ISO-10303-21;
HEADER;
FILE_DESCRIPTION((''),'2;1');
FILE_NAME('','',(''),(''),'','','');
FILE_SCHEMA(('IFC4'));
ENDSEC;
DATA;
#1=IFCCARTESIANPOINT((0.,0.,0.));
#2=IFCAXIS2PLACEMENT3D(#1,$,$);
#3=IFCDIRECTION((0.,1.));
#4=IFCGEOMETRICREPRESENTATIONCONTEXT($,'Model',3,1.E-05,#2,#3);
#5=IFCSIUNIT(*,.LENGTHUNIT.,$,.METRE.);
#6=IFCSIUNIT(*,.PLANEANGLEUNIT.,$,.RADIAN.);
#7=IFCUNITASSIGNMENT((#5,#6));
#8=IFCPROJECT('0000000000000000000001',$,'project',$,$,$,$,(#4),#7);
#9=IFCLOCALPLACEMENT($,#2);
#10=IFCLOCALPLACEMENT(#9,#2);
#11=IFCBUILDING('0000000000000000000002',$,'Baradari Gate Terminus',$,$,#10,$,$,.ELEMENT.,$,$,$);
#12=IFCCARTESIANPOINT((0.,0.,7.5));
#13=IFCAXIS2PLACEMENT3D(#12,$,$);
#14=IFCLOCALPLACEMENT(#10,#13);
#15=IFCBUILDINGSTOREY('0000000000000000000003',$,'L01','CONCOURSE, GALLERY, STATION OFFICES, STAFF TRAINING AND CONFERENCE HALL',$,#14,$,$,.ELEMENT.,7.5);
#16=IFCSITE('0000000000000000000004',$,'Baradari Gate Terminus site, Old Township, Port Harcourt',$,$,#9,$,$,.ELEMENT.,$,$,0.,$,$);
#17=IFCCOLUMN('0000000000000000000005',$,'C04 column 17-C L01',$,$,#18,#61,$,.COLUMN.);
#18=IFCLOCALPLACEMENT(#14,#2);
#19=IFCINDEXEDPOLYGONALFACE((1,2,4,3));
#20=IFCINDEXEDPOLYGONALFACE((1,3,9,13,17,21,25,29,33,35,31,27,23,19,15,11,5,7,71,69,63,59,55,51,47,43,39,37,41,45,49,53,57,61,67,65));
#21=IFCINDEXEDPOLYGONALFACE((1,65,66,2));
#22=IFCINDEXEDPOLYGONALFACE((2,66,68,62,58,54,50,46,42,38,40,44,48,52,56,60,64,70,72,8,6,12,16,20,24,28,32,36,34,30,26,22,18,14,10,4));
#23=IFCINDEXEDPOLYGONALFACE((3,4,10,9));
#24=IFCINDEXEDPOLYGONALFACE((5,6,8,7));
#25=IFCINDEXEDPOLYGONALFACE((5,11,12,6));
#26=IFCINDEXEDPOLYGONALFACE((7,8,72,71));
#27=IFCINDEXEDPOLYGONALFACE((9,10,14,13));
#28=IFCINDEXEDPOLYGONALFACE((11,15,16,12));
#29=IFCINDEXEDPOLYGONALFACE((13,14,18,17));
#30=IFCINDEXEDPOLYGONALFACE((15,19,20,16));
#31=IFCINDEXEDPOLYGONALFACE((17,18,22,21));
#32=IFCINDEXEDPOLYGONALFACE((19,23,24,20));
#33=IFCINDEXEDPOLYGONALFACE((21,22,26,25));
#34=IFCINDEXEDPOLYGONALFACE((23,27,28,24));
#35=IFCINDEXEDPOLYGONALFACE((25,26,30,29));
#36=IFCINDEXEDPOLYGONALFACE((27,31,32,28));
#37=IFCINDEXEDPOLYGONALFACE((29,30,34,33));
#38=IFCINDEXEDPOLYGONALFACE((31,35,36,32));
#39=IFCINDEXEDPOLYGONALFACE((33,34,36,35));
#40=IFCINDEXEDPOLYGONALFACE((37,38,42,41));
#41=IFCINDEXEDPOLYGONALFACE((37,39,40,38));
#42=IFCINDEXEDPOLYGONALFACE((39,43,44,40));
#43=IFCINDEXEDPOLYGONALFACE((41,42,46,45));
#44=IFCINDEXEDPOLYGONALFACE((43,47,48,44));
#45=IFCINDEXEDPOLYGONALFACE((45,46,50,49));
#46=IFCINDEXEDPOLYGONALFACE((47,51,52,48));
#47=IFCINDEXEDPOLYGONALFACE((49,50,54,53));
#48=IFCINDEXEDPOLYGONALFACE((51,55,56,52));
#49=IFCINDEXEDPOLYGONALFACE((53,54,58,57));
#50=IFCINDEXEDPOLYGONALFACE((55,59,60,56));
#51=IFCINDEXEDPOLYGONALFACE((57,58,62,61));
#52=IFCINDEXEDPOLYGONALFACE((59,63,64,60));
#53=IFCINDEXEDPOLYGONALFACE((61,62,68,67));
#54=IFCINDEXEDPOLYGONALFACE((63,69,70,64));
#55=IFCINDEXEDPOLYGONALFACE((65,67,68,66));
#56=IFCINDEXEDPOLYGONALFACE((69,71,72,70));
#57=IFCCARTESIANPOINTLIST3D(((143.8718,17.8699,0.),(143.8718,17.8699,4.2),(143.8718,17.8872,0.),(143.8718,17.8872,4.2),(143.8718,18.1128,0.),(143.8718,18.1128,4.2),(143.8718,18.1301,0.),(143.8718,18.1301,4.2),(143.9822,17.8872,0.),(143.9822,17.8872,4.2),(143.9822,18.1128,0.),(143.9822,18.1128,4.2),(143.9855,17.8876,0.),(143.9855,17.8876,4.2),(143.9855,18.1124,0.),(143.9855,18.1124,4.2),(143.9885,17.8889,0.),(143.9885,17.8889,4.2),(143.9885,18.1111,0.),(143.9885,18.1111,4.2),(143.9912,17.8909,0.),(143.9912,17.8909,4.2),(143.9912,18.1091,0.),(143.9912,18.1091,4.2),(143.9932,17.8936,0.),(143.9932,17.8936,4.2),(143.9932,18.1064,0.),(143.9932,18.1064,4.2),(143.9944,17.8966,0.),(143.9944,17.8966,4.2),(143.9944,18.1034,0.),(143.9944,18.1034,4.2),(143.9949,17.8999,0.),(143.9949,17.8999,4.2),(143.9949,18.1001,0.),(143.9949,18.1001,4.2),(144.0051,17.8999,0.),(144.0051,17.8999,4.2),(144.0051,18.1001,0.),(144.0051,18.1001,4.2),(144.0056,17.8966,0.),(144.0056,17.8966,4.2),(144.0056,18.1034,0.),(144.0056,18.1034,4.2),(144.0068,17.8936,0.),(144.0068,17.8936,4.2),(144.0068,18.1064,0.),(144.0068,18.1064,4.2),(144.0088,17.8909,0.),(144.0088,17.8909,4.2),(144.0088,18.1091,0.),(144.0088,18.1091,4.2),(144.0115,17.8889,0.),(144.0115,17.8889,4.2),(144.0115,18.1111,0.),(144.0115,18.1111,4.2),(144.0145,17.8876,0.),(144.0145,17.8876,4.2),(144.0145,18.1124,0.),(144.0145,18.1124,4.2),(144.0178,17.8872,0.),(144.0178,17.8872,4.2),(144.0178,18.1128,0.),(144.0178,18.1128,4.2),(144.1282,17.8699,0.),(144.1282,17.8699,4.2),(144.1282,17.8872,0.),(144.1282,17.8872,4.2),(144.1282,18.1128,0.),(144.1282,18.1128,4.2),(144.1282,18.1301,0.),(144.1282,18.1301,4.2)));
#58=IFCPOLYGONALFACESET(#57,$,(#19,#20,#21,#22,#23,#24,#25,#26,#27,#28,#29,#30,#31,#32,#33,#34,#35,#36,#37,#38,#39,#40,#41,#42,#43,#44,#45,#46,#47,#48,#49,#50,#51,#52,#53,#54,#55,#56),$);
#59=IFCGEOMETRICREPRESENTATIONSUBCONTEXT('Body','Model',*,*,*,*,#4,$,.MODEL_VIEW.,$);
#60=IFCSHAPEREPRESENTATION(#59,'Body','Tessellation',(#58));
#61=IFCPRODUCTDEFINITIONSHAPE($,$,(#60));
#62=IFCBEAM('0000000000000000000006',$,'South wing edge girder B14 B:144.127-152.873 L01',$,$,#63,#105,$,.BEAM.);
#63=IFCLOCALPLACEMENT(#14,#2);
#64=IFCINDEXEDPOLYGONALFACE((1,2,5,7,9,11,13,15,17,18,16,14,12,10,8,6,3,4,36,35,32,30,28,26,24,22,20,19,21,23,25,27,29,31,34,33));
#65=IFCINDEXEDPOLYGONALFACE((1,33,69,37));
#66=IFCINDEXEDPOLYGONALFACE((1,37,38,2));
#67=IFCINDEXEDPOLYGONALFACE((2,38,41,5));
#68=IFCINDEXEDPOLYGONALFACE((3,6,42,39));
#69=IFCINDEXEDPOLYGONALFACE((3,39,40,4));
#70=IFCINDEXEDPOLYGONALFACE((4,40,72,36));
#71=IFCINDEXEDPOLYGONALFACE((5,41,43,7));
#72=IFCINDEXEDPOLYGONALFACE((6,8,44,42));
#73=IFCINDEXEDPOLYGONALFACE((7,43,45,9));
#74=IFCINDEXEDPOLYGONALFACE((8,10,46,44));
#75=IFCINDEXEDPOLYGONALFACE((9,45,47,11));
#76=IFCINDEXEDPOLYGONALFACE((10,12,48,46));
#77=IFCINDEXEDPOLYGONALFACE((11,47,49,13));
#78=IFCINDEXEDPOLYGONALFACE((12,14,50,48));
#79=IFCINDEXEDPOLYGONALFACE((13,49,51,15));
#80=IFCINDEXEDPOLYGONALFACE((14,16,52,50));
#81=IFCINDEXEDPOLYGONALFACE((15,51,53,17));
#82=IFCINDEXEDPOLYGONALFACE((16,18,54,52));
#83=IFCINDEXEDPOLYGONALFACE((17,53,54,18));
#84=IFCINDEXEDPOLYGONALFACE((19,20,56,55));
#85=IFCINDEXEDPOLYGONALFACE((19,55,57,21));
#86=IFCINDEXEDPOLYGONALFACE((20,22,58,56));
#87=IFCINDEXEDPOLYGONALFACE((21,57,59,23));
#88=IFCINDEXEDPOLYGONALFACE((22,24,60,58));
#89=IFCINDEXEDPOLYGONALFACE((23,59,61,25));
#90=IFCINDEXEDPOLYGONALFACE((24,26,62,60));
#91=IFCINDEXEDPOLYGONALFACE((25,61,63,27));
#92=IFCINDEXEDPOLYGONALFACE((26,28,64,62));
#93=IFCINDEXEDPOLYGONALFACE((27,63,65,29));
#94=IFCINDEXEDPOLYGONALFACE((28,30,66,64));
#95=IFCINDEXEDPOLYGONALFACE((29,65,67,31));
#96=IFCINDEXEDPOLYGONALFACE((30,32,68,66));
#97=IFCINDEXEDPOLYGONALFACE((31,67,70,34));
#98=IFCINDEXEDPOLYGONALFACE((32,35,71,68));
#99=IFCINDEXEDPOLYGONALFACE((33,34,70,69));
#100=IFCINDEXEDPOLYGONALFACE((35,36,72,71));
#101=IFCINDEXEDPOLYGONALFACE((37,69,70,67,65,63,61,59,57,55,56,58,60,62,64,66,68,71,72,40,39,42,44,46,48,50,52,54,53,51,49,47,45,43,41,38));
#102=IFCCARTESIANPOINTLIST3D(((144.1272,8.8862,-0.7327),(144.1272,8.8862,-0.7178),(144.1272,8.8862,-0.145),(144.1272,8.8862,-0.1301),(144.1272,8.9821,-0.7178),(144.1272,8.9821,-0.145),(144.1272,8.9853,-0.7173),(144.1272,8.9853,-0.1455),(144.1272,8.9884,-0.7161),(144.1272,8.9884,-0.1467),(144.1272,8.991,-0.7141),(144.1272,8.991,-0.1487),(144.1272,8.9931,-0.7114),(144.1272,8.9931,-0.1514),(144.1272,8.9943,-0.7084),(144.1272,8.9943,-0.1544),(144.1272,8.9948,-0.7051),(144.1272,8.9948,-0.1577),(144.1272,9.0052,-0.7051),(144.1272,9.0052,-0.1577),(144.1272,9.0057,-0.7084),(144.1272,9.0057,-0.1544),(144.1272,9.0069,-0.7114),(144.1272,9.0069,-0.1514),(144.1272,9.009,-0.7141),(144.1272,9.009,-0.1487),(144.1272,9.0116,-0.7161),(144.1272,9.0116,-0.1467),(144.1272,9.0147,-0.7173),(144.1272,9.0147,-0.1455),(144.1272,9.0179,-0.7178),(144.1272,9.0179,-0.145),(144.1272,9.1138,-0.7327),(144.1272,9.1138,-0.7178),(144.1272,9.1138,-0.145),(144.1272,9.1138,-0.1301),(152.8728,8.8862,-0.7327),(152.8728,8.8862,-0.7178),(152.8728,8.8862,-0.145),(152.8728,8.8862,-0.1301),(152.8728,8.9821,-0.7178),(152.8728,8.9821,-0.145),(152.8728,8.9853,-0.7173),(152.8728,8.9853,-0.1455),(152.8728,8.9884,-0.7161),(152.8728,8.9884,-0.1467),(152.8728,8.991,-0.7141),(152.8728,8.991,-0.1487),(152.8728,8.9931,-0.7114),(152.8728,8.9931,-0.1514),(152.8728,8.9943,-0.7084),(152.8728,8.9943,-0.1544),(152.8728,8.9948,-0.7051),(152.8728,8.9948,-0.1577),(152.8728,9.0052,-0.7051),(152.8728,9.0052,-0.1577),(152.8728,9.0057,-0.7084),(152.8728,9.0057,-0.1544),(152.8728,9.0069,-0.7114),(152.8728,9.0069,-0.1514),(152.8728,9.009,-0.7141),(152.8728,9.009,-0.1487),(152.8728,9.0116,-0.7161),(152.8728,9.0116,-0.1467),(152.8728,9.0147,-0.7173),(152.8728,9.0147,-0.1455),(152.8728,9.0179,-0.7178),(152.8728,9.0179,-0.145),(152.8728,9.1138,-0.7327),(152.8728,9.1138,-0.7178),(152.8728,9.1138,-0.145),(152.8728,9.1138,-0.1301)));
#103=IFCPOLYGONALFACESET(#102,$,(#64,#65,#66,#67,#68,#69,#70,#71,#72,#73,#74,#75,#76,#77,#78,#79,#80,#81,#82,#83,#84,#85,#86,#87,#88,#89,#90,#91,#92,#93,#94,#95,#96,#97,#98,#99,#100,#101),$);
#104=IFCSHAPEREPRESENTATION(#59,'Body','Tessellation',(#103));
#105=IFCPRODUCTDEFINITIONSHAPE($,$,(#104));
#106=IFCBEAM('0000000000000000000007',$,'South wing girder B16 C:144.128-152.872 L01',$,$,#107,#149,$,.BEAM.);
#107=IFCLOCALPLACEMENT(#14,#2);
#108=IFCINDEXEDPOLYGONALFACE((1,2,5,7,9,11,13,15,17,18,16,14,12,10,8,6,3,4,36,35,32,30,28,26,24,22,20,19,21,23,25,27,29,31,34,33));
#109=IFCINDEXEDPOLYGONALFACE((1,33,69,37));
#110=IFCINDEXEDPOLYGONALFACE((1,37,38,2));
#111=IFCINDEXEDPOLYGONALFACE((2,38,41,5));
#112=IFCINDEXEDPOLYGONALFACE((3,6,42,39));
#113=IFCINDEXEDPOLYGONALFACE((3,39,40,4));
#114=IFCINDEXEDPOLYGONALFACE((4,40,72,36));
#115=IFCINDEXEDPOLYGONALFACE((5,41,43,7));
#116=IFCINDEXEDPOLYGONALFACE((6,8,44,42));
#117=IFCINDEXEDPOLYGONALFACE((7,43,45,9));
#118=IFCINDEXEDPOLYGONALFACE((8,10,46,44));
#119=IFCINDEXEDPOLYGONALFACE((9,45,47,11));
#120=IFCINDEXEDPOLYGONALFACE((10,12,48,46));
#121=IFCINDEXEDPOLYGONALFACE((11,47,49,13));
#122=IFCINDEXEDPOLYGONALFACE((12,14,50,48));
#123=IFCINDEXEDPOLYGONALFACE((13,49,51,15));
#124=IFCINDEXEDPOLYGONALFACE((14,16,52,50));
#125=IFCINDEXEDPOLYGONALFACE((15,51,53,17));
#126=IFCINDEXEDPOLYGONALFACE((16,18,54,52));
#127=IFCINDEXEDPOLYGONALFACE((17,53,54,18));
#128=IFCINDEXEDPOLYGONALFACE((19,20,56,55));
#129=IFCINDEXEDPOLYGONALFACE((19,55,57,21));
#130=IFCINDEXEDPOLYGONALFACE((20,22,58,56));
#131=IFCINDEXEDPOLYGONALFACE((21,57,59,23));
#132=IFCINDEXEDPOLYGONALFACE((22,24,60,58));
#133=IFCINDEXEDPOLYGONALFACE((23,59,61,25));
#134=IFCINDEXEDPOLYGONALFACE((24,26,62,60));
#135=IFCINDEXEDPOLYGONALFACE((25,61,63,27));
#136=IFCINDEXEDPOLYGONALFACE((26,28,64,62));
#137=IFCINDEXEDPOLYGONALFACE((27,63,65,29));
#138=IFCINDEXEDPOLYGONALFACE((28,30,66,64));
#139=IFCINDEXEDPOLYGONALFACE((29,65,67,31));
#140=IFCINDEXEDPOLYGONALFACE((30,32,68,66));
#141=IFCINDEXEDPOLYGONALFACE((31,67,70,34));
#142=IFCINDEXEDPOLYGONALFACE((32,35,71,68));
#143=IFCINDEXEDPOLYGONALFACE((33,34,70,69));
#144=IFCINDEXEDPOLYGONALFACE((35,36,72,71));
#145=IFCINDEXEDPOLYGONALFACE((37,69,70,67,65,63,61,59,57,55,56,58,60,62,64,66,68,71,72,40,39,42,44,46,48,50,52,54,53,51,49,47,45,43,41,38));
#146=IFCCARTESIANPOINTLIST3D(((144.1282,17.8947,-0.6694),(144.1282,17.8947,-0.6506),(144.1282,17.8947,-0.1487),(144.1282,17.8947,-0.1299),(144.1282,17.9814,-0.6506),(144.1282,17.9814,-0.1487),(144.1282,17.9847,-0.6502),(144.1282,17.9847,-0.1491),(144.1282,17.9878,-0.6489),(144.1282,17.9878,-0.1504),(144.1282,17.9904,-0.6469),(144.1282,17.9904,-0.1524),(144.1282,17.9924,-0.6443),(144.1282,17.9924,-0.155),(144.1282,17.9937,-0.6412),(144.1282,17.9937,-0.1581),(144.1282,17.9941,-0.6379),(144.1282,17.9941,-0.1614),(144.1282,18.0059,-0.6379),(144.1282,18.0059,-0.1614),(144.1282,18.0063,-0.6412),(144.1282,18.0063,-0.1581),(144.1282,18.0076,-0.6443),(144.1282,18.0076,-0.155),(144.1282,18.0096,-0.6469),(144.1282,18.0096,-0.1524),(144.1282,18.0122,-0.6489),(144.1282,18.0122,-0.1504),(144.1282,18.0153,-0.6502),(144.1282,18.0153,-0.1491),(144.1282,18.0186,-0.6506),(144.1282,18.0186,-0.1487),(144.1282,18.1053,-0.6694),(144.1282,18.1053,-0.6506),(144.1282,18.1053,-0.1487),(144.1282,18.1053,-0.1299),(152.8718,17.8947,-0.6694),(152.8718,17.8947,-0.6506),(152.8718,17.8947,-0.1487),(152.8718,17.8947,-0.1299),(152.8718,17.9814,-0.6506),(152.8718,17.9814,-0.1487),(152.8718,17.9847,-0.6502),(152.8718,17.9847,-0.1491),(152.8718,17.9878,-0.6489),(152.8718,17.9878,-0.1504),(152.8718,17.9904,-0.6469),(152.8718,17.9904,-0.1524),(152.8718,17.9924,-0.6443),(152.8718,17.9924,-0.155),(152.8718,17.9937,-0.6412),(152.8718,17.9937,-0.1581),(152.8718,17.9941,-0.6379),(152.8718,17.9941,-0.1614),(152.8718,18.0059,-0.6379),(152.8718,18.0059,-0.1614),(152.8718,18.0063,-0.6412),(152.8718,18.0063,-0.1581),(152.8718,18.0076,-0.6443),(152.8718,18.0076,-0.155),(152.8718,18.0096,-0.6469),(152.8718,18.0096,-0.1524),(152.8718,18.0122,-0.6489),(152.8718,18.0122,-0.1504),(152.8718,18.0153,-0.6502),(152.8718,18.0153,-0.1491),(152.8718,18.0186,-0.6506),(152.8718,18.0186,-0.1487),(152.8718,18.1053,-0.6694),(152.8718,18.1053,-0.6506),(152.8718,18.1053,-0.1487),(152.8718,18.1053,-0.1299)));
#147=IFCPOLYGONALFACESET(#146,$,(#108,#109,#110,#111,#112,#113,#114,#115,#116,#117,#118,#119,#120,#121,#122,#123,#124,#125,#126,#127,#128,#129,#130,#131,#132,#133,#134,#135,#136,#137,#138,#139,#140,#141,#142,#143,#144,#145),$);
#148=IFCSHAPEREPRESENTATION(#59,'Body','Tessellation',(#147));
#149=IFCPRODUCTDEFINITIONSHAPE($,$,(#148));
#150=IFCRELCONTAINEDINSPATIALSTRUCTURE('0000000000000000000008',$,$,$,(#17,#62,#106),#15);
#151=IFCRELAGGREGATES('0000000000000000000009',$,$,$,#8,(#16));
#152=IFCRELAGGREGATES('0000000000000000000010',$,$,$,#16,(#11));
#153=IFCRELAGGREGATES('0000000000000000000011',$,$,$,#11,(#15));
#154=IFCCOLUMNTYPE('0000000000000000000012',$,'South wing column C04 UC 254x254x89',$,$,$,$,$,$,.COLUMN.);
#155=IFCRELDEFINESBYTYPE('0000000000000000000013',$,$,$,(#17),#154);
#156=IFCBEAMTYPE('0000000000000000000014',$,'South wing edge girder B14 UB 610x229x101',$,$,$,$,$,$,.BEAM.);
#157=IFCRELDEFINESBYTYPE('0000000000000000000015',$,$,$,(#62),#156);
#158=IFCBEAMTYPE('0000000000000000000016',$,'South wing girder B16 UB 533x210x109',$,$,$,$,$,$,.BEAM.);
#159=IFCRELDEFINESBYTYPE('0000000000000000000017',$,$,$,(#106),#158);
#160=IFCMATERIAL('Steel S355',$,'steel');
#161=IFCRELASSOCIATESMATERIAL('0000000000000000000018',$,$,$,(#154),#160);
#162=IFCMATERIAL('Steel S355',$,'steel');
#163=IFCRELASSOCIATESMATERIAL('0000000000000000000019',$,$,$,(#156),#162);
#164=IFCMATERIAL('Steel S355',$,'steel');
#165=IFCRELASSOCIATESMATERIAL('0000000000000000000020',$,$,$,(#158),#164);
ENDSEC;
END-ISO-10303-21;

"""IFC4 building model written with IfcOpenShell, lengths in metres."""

from ifc_helpers import new_model, si_unit, direction, frame, origin, origin_2d, place, context, subcontext, project, spatial, i_section, extrude, material, material_profile, profile_set, type_object, element, save


model = new_model("IFC4")

# Units and contexts
model_context = context("Model", 3, precision=1e-05, world=origin(), true_north=direction((0.0, 1.0)))
body_context = subcontext(model_context, "Body", "Model", "MODEL_VIEW")
ifc_project = project(units=[si_unit("LENGTHUNIT", "METRE"), si_unit("PLANEANGLEUNIT", "RADIAN")], contexts=[model_context])

# Site, building, storey
site_placement = place(None, origin())
site = spatial("IfcSite", under=ifc_project, at=site_placement, Name="Baradari Gate Terminus site, Old Township, Port Harcourt", CompositionType="ELEMENT", RefElevation=0.0)
building_placement = place(site_placement, origin())
building = spatial("IfcBuilding", under=site, at=building_placement, Name="Baradari Gate Terminus", CompositionType="ELEMENT")
storey_placement = place(building_placement, frame((0.0, 0.0, 7.5)))
storey = spatial("IfcBuildingStorey", under=building, at=storey_placement, Name="L01", Description="CONCOURSE, GALLERY, STATION OFFICES, STAFF TRAINING AND CONFERENCE HALL", CompositionType="ELEMENT", Elevation=7.5)

# Column
ifc_material_1 = material(Name="Steel S355", Category="steel")
ifc_material_profile_1 = material_profile(ifc_material_1, i_section(OverallWidth=0.2563, OverallDepth=0.2603, WebThickness=0.0103, FlangeThickness=0.0173, FilletRadius=0.0127, at=origin_2d()), Name="UC 254x254x89")
ifc_profile_set_1 = profile_set([ifc_material_profile_1], Name="Steel S355")
column_type = type_object("IfcColumnType", Name="South wing column C04 UC 254x254x89", PredefinedType="COLUMN", material=ifc_profile_set_1)
column_placement = place(storey_placement, frame((144.0, 18.0, 0.0), z_axis=(0.0, 0.0, 1.0), x_axis=(1.0, 0.0, 0.0)))
element("IfcColumn", 1, at=column_placement, inside=storey, type_object=column_type, Name="C04 column 17-C L01", PredefinedType="COLUMN", context=body_context, shape_type="SweptSolid", body=[
    extrude(i_section(OverallWidth=0.2563, OverallDepth=0.2603, WebThickness=0.0103, FlangeThickness=0.0173, FilletRadius=0.0127, at=origin_2d()), origin(), (0.0, 0.0, 1.0), 4.2),
])

# Beams
ifc_material_2 = material(Name="Steel S355", Category="steel")
ifc_material_profile_2 = material_profile(ifc_material_2, i_section(OverallWidth=0.2275, OverallDepth=0.6025, WebThickness=0.0105, FlangeThickness=0.0149, FilletRadius=0.0127, at=origin_2d()), Name="UB 610x229x101")
ifc_profile_set_2 = profile_set([ifc_material_profile_2], Name="Steel S355")
beam_type_1 = type_object("IfcBeamType", Name="South wing edge girder B14 UB 610x229x101", PredefinedType="BEAM", material=ifc_profile_set_2)
beam_1_placement = place(storey_placement, frame((144.1272, 9.0, -0.4314), z_axis=(1.0, 0.0, 0.0), x_axis=(0.0, 1.0, 0.0)))
element("IfcBeam", 2, at=beam_1_placement, inside=storey, type_object=beam_type_1, Name="South wing edge girder B14 B:144.127-152.873 L01", PredefinedType="BEAM", context=body_context, shape_type="SweptSolid", body=[
    extrude(i_section(OverallWidth=0.2275, OverallDepth=0.6025, WebThickness=0.0105, FlangeThickness=0.0149, FilletRadius=0.0127, at=origin_2d()), origin(), (0.0, 0.0, 1.0), 8.7456),
])
ifc_material_3 = material(Name="Steel S355", Category="steel")
ifc_material_profile_3 = material_profile(ifc_material_3, i_section(OverallWidth=0.2107, OverallDepth=0.5396, WebThickness=0.0117, FlangeThickness=0.0188, FilletRadius=0.0127, at=origin_2d()), Name="UB 533x210x109")
ifc_profile_set_3 = profile_set([ifc_material_profile_3], Name="Steel S355")
beam_type_2 = type_object("IfcBeamType", Name="South wing girder B16 UB 533x210x109", PredefinedType="BEAM", material=ifc_profile_set_3)
beam_2_placement = place(storey_placement, frame((144.1282, 18.0, -0.3997), z_axis=(1.0, 0.0, 0.0), x_axis=(0.0, 1.0, 0.0)))
element("IfcBeam", 3, at=beam_2_placement, inside=storey, type_object=beam_type_2, Name="South wing girder B16 C:144.128-152.872 L01", PredefinedType="BEAM", context=body_context, shape_type="SweptSolid", body=[
    extrude(i_section(OverallWidth=0.2107, OverallDepth=0.5396, WebThickness=0.0117, FlangeThickness=0.0188, FilletRadius=0.0127, at=origin_2d()), origin(), (0.0, 0.0, 1.0), 8.7437),
])

save(model, "model.ifc")
